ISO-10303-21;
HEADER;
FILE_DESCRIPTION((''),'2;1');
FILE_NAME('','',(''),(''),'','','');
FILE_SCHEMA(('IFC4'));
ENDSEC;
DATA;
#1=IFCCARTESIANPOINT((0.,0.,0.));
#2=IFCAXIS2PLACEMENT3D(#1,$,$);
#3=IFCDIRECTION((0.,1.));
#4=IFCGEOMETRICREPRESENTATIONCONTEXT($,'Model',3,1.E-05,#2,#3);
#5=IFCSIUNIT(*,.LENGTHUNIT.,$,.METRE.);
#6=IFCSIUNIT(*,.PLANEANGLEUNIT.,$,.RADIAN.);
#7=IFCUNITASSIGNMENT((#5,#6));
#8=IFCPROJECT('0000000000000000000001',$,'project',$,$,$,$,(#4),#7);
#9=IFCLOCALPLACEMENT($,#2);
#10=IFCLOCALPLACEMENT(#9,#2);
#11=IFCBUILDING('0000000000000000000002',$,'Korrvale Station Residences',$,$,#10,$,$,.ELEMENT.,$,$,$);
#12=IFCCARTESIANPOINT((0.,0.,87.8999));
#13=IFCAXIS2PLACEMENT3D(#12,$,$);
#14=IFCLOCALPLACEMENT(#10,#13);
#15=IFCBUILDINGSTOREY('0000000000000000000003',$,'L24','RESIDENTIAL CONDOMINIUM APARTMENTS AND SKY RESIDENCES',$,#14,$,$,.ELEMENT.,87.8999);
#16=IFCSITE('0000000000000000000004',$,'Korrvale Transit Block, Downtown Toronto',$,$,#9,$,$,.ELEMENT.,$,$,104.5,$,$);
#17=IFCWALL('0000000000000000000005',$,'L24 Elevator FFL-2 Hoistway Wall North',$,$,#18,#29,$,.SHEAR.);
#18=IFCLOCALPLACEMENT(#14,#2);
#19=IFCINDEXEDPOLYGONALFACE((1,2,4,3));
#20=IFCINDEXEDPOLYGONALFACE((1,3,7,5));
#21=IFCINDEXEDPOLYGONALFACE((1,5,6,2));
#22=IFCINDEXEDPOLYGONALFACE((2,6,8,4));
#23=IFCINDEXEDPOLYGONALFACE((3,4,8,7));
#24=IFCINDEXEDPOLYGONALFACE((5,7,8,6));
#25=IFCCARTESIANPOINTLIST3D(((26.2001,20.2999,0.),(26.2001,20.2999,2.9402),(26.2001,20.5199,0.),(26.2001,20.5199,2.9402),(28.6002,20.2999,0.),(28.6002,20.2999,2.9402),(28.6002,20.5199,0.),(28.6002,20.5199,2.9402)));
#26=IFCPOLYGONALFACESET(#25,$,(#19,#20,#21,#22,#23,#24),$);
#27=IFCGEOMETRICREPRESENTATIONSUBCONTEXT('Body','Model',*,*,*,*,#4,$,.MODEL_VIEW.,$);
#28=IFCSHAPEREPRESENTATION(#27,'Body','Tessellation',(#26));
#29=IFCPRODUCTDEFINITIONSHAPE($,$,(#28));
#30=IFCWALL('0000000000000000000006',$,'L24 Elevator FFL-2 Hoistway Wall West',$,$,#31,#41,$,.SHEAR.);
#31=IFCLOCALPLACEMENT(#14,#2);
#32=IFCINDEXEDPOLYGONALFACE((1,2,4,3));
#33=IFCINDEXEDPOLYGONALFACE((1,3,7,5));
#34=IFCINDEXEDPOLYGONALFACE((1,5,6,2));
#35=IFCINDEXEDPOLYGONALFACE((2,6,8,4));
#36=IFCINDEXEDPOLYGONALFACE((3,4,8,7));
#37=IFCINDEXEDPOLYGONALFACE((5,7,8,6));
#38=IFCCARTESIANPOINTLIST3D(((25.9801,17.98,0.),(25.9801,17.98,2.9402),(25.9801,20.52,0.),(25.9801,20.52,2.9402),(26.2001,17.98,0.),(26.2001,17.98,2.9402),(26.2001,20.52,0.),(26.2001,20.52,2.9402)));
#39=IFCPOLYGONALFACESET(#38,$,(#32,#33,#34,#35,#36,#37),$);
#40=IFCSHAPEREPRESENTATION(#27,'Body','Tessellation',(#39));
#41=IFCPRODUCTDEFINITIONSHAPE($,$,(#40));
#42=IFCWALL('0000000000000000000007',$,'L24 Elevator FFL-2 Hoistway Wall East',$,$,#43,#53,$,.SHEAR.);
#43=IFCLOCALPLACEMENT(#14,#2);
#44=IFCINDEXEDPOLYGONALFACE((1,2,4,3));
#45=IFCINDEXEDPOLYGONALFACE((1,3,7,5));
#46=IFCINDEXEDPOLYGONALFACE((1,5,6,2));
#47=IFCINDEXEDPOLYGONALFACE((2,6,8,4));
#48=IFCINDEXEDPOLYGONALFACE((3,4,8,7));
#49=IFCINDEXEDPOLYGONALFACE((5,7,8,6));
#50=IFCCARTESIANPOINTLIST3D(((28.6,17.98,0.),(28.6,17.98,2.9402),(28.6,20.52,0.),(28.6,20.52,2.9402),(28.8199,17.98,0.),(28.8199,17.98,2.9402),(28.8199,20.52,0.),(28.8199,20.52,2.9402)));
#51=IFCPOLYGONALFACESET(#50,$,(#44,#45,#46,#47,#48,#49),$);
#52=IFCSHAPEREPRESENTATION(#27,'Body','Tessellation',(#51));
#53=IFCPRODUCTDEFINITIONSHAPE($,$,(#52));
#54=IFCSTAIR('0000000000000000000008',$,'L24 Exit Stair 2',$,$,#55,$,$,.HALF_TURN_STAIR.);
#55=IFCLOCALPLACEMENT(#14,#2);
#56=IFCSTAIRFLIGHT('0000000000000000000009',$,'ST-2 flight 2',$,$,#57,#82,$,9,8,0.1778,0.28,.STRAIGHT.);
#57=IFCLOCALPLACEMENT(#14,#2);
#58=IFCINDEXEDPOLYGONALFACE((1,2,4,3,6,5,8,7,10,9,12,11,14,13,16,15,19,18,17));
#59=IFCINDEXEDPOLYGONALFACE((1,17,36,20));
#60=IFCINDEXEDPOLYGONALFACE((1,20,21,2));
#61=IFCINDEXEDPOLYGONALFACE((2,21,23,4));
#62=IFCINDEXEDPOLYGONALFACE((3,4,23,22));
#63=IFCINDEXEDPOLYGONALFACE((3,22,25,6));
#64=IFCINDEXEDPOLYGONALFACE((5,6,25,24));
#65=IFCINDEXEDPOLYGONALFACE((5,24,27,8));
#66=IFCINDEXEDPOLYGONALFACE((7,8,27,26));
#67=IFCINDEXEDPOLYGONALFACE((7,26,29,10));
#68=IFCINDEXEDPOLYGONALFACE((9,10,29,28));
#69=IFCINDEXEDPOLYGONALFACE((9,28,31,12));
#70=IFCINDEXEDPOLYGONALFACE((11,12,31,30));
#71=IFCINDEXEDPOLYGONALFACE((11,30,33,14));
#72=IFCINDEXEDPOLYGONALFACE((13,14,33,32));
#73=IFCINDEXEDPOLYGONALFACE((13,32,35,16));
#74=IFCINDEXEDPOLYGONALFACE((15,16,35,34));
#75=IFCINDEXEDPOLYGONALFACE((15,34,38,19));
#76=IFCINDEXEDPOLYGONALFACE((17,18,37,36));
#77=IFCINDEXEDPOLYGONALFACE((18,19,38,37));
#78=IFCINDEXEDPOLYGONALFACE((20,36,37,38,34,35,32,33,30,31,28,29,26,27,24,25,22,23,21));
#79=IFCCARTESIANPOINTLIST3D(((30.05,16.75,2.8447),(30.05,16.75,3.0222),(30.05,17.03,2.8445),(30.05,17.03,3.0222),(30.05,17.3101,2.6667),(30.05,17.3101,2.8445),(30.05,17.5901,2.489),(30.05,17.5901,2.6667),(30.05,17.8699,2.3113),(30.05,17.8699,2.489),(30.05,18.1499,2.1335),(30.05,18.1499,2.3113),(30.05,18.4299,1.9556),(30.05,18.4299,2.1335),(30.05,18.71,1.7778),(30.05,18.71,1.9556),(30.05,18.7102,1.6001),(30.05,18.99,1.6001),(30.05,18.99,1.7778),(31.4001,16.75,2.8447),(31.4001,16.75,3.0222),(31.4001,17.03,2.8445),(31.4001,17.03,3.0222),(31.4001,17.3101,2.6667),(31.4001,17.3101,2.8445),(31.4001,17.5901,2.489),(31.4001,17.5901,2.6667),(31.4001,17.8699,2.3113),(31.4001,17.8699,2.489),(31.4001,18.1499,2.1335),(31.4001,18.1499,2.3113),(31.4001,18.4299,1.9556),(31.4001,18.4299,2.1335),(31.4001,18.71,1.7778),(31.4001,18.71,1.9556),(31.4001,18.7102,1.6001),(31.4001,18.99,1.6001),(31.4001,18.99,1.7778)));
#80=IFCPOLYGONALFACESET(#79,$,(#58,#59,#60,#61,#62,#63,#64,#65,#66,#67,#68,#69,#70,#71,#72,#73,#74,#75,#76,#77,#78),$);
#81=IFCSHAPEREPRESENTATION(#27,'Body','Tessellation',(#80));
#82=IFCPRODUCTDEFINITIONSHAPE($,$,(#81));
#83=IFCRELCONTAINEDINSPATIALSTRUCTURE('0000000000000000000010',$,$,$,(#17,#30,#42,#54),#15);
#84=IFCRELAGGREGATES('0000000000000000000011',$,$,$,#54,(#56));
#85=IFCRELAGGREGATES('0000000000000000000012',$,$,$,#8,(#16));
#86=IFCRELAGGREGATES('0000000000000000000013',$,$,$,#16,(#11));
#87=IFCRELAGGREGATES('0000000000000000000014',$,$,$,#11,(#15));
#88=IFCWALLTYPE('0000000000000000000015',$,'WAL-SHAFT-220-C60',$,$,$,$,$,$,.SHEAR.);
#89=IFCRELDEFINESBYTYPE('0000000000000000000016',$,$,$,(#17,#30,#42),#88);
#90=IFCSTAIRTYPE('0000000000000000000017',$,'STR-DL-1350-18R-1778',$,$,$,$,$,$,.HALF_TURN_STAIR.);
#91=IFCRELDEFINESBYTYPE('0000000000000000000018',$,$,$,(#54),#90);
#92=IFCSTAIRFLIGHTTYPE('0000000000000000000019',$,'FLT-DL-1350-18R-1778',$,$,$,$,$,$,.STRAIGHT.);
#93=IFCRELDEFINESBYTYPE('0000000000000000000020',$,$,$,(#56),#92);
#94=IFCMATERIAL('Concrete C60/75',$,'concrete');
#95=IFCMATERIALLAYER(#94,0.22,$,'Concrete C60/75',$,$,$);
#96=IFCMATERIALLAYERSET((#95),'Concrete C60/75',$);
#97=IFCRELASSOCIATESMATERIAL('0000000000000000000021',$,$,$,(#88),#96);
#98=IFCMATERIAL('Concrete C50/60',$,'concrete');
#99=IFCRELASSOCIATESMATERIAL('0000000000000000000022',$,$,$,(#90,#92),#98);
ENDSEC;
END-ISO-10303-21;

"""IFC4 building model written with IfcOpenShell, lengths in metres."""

from ifc_helpers import new_model, si_unit, direction, frame, frame_2d, origin, place, context, subcontext, project, spatial, polyline, rectangle, outline, extrude, material, layer, layer_set, type_object, element, aggregate, save


model = new_model("IFC4")

# Units and contexts
model_context = context("Model", 3, precision=1e-05, world=origin(), true_north=direction((0.0, 1.0)))
body_context = subcontext(model_context, "Body", "Model", "MODEL_VIEW")
ifc_project = project(units=[si_unit("LENGTHUNIT", "METRE"), si_unit("PLANEANGLEUNIT", "RADIAN")], contexts=[model_context])

# Site, building, storey
site_placement = place(None, origin())
site = spatial("IfcSite", under=ifc_project, at=site_placement, Name="Korrvale Transit Block, Downtown Toronto", CompositionType="ELEMENT", RefElevation=104.5)
building_placement = place(site_placement, origin())
building = spatial("IfcBuilding", under=site, at=building_placement, Name="Korrvale Station Residences", CompositionType="ELEMENT")
storey_placement = place(building_placement, frame((0.0, 0.0, 87.8999)))
storey = spatial("IfcBuildingStorey", under=building, at=storey_placement, Name="L24", Description="RESIDENTIAL CONDOMINIUM APARTMENTS AND SKY RESIDENCES", CompositionType="ELEMENT", Elevation=87.8999)

# Shared definitions
ifc_material_1 = material(Name="Concrete C60/75", Category="concrete")

# Shared definitions
ifc_layer_1 = layer(ifc_material_1, 0.22, Name="Concrete C60/75")
ifc_layer_set_1 = layer_set([ifc_layer_1], Name="Concrete C60/75")
wall_type_1 = type_object("IfcWallType", Name="WAL-SHAFT-220-C60", PredefinedType="SHEAR", material=ifc_layer_set_1)

# Walls
wall_1_placement = place(storey_placement, frame((26.2, 20.4099, 0.0), z_axis=(0.0, 0.0, 1.0), x_axis=(1.0, 0.0, 0.0)))
element("IfcWall", 1, at=wall_1_placement, inside=storey, type_object=wall_type_1, Name="L24 Elevator FFL-2 Hoistway Wall North", PredefinedType="SHEAR", context=body_context, shape_type="SweptSolid", body=[
    extrude(rectangle(XDim=2.4001, YDim=0.22, at=frame_2d((1.2002, 0.0))), origin(), (0.0, 0.0, 1.0), 2.9402),
])
for number, where, z_axis, x_axis, name in (
    (2, (26.0901, 17.98, 0.0), (0.0, 0.0, 1.0), (0.0, 1.0, 0.0), "L24 Elevator FFL-2 Hoistway Wall West"),
    (3, (28.71, 17.98, 0.0), (0.0, 0.0, 1.0), (0.0, 1.0, 0.0), "L24 Elevator FFL-2 Hoistway Wall East"),
):
    element("IfcWall", number, at=place(storey_placement, frame(where, z_axis=z_axis, x_axis=x_axis)), inside=storey, type_object=wall_type_1, Name=name, PredefinedType="SHEAR", context=body_context, shape_type="SweptSolid", body=[
        extrude(rectangle(XDim=2.54, YDim=0.22, at=frame_2d((1.27, 0.0))), origin(), (0.0, 0.0, 1.0), 2.9402),
    ])

# Stair, stair flight
ifc_material_2 = material(Name="Concrete C50/60", Category="concrete")
stair_type = type_object("IfcStairType", Name="STR-DL-1350-18R-1778", PredefinedType="HALF_TURN_STAIR", material=ifc_material_2)
stair_placement = place(storey_placement, origin())
stair = element("IfcStair", 4, at=stair_placement, inside=storey, type_object=stair_type, Name="L24 Exit Stair 2", PredefinedType="HALF_TURN_STAIR")
stair_flight_type = type_object("IfcStairFlightType", Name="FLT-DL-1350-18R-1778", PredefinedType="STRAIGHT", material=ifc_material_2)
stair_flight_placement = place(storey_placement, frame((30.7251, 18.99, 1.6001), z_axis=(0.0, 0.0, 1.0), x_axis=(0.0, -1.0, 0.0)))
stair_flight = element("IfcStairFlight", 5, at=stair_flight_placement, type_object=stair_flight_type, Name="ST-2 flight 2", NumberOfRisers=9, NumberOfTreads=8, PredefinedType="STRAIGHT", RiserHeight=0.1778, TreadLength=0.28, context=body_context, shape_type="SweptSolid", body=[
    extrude(outline(polyline([(0.0, 0.0), (0.0, 0.1777), (0.28, 0.1777), (0.28, 0.3555), (0.5601, 0.3555), (0.5601, 0.5334), (0.8401, 0.5334), (0.8401, 0.7112), (1.1201, 0.7112), (1.1201, 0.8889), (1.3999, 0.8889), (1.3999, 1.0667), (1.6799, 1.0667), (1.6799, 1.2444), (1.96, 1.2444), (1.96, 1.4221), (2.24, 1.4221), (2.24, 1.6001), (2.24, 1.2446), (0.2798, 0.0), (0.0, 0.0)])), frame((0.0, 0.675, 0.0), z_axis=(0.0, -1.0, 0.0), x_axis=(1.0, 0.0, 0.0)), (0.0, 0.0, 1.0), 1.3501),
])
aggregate(stair, [stair_flight])

save(model, "model.ifc")
